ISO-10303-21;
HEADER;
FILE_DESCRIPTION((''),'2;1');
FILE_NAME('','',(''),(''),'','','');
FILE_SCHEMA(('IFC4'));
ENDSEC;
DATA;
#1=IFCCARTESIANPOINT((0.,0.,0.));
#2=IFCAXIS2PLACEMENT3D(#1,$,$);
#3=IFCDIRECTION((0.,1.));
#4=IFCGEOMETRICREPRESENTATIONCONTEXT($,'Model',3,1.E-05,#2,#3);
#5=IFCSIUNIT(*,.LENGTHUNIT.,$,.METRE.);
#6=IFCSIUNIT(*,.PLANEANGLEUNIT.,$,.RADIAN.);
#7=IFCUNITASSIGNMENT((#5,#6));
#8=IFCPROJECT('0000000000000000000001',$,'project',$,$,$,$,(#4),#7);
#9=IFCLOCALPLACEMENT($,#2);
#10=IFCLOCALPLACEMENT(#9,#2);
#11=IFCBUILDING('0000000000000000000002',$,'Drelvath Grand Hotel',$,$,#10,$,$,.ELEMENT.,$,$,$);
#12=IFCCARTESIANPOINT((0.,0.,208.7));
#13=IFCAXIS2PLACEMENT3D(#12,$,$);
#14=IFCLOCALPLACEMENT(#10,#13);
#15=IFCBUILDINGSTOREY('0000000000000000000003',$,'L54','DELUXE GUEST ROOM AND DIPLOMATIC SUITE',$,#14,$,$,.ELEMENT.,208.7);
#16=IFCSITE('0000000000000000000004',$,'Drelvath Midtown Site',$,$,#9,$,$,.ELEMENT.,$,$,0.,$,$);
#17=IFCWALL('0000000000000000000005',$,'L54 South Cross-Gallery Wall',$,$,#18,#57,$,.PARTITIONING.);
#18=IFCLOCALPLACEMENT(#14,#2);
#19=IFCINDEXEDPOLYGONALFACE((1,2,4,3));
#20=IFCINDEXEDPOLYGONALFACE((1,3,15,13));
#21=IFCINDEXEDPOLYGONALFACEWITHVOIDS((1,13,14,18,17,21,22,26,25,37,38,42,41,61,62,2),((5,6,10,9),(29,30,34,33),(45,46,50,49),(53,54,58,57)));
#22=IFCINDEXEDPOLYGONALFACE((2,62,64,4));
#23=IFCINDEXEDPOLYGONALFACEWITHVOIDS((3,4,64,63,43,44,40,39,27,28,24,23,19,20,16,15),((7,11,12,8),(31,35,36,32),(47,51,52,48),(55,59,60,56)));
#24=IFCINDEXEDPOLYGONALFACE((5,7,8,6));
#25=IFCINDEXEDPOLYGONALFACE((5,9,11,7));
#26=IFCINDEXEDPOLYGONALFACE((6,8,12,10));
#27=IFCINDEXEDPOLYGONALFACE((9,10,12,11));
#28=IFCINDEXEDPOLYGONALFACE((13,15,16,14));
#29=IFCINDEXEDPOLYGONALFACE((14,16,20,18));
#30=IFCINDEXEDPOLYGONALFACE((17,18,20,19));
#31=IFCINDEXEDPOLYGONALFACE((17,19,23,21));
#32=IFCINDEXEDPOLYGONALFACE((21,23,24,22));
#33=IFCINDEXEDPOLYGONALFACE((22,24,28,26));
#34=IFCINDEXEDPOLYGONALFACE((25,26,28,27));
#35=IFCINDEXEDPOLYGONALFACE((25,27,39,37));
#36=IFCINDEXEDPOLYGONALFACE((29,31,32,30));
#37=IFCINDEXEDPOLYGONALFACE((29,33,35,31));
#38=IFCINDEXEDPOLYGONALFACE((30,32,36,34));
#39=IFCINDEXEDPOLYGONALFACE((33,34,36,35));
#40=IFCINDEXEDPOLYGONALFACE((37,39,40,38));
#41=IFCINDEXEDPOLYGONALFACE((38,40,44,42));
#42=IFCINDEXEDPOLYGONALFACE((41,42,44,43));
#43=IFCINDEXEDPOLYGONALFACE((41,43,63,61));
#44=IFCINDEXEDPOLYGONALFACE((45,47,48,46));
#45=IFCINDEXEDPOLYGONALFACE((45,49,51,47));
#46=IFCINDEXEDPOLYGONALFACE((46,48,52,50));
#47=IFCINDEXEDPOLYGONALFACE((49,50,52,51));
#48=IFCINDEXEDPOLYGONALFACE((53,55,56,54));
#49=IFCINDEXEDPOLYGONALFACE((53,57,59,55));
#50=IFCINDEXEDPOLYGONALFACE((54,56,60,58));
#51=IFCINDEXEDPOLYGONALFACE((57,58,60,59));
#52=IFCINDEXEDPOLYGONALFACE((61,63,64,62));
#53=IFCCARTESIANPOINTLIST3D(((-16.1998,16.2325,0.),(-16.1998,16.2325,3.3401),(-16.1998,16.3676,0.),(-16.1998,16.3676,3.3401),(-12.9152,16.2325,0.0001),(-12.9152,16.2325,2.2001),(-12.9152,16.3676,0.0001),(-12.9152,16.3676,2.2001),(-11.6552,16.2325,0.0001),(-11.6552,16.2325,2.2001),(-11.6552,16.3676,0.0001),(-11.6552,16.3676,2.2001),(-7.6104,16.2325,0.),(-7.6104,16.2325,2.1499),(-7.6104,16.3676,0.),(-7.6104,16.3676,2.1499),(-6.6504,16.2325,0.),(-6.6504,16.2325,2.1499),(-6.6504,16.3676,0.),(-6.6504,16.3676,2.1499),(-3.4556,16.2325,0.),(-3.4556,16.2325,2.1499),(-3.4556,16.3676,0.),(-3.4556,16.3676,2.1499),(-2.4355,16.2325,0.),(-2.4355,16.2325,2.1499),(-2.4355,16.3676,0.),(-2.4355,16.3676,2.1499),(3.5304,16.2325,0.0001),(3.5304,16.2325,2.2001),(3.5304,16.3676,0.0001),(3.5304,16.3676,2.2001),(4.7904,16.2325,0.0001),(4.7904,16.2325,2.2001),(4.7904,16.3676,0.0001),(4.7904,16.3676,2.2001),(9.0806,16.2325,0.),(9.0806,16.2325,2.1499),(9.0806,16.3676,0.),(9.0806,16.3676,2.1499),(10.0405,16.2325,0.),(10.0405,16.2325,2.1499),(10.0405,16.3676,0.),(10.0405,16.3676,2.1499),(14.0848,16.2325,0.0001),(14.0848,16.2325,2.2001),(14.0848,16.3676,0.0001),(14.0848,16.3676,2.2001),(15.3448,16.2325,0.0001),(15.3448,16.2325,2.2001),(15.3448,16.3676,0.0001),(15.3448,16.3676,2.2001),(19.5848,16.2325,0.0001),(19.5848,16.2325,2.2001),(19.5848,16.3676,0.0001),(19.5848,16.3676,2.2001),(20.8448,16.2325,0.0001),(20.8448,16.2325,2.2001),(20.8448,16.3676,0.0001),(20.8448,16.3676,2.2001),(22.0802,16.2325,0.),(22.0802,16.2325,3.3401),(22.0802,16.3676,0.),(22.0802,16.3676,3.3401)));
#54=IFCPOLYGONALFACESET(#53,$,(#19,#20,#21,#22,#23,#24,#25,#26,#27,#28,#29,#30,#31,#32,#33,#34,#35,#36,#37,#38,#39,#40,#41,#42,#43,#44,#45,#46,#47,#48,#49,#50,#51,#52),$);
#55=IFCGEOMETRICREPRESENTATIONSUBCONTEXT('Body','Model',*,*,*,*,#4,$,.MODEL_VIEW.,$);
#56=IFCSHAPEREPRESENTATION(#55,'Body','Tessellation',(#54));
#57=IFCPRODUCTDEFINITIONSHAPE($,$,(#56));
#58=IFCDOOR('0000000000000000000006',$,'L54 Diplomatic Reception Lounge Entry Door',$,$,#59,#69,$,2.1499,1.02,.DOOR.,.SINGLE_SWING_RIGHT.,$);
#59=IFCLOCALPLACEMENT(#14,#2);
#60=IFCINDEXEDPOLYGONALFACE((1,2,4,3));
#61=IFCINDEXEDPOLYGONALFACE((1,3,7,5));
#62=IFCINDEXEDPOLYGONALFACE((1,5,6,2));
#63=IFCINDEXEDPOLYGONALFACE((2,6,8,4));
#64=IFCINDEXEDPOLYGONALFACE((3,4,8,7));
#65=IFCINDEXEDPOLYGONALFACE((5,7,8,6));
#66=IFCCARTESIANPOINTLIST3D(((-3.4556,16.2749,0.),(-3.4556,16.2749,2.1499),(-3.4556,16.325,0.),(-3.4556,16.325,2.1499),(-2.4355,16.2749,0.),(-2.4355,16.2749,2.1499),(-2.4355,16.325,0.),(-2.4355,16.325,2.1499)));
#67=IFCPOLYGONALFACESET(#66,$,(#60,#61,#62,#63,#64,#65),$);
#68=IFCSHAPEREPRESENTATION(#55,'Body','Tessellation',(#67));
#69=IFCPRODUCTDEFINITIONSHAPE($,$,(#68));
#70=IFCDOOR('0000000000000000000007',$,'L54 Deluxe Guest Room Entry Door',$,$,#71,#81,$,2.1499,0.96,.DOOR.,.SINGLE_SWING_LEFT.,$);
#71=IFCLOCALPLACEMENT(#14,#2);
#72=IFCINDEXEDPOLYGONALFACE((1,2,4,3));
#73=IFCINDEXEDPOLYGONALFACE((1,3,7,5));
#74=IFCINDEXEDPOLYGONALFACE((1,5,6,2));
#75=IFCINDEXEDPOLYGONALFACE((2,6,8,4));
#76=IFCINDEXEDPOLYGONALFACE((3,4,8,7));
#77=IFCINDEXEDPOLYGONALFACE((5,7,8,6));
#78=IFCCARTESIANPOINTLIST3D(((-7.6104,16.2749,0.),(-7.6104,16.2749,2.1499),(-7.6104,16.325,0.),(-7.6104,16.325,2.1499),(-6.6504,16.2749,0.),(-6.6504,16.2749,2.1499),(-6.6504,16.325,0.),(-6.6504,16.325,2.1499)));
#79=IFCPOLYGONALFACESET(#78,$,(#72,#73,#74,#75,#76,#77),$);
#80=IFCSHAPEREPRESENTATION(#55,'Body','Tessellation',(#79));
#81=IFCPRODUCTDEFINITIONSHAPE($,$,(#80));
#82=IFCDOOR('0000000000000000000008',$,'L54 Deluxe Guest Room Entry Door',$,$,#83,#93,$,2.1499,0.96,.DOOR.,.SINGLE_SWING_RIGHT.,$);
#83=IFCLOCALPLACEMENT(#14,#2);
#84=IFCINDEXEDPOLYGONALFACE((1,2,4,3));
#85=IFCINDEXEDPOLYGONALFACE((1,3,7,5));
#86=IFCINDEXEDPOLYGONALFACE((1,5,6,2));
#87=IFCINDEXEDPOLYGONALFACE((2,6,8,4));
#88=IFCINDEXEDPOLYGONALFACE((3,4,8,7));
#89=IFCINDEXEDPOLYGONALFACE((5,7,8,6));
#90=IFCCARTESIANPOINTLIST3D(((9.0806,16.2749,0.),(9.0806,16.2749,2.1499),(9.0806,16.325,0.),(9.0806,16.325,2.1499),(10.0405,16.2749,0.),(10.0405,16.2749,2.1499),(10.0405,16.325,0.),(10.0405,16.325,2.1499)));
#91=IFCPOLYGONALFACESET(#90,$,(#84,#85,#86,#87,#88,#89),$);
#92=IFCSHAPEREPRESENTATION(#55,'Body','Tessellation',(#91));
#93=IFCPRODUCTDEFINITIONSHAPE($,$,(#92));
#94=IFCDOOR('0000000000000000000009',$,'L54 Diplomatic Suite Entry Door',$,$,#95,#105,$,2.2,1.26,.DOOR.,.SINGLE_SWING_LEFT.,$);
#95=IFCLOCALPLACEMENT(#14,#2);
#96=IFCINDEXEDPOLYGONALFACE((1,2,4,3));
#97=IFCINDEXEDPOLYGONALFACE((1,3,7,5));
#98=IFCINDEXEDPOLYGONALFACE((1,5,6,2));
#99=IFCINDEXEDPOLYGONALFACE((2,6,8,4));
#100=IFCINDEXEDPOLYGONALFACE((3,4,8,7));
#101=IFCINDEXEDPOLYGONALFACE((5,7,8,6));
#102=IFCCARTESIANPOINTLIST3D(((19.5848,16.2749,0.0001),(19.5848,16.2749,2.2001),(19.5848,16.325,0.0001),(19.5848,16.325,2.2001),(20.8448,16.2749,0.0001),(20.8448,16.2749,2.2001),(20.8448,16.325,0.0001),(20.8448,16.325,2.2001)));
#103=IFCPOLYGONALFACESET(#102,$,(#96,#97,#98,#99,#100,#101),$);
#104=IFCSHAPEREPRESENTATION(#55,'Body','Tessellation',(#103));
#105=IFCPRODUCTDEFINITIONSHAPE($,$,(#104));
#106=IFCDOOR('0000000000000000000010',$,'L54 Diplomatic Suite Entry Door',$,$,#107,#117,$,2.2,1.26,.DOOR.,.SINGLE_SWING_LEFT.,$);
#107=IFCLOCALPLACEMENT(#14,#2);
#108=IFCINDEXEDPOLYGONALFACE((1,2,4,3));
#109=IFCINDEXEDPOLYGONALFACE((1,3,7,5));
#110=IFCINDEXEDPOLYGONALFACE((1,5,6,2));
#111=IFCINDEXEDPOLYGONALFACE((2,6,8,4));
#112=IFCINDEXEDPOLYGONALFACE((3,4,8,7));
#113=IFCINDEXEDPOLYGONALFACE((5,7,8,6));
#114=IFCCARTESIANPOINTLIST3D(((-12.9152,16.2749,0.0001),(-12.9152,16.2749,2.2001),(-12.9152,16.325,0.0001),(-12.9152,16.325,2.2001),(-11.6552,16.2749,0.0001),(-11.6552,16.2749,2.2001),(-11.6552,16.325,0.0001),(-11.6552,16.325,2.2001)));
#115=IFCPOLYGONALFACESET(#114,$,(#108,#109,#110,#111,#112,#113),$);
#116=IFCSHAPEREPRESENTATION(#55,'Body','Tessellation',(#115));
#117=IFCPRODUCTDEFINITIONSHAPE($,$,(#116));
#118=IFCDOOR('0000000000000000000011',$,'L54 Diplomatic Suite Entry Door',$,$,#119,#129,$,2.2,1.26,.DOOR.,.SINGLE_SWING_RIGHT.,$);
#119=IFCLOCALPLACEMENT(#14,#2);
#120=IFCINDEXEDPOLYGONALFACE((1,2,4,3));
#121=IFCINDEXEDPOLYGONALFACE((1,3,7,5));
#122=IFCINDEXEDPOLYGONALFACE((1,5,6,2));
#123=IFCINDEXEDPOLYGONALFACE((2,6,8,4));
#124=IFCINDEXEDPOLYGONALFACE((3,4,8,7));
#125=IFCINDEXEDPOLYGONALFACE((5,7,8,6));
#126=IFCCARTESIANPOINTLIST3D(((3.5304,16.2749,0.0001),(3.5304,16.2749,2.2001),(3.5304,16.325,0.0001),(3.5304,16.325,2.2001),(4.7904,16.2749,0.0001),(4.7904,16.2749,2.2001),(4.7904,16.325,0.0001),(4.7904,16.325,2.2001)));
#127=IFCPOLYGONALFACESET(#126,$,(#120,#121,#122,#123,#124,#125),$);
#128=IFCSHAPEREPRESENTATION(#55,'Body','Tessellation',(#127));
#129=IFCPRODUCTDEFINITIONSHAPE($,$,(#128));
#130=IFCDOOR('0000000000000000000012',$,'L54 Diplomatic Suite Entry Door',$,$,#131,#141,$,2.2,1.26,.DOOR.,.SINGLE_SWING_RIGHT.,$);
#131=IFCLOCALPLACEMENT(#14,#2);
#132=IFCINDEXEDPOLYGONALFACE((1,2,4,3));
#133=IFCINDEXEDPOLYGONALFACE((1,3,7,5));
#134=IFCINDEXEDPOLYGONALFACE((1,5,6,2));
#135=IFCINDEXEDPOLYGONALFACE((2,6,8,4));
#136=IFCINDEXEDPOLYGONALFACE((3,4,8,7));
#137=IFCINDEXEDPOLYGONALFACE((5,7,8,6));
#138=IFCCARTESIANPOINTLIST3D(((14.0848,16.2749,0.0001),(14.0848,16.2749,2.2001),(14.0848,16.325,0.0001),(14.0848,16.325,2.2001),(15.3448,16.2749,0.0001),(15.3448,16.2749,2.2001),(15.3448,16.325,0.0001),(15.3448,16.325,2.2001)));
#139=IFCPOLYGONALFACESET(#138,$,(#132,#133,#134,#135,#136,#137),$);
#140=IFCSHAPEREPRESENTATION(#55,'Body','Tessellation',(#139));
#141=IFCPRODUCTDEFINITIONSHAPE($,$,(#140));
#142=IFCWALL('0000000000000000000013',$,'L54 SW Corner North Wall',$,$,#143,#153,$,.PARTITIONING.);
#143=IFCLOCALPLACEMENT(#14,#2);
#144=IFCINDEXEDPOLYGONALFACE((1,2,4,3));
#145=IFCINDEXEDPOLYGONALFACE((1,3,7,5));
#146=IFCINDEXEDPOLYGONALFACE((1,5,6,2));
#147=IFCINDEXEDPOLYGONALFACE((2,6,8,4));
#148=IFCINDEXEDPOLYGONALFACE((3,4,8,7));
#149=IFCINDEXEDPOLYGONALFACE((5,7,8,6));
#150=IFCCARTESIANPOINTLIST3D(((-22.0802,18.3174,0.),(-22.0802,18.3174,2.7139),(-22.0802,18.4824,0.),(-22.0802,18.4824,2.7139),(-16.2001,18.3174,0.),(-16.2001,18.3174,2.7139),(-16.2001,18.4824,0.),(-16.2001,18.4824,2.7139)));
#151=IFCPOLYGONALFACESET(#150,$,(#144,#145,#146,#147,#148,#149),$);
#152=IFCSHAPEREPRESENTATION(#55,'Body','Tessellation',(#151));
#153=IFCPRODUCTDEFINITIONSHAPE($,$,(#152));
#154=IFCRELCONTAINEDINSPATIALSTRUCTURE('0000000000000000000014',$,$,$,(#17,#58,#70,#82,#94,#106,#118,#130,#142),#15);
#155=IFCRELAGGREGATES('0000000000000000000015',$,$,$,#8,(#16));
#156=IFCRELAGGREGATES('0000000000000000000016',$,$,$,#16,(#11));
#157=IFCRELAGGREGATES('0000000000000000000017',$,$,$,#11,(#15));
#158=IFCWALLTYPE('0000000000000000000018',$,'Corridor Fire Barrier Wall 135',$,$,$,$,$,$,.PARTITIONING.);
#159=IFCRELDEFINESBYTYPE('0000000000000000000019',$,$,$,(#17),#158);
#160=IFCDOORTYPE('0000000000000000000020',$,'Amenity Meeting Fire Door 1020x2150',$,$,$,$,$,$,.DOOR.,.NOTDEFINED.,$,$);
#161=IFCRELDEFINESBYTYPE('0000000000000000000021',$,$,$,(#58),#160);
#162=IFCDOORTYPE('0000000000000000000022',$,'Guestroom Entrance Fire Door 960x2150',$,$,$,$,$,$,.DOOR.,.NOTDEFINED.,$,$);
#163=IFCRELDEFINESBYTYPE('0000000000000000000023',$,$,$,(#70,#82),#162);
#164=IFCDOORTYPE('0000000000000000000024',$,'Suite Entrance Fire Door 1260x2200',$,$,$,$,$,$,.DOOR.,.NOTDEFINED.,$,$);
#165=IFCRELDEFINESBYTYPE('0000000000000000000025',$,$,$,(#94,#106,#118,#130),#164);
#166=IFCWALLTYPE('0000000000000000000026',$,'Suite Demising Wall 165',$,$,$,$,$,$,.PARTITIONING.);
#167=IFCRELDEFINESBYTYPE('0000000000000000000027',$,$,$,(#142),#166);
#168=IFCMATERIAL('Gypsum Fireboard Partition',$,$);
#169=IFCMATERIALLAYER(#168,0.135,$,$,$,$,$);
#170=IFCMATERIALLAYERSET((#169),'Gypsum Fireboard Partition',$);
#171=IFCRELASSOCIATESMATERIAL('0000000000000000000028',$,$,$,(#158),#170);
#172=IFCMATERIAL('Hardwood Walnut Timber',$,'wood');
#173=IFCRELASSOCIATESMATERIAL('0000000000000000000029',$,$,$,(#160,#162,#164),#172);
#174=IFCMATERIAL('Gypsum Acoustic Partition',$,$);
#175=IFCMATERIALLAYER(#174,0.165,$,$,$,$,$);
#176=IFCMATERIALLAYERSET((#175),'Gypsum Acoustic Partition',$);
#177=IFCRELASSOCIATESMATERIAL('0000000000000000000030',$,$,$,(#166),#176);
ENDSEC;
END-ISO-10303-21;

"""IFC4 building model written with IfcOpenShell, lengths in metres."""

from ifc_helpers import new_model, si_unit, direction, frame, frame_2d, origin, place, context, subcontext, project, spatial, rectangle, extrude, material, layer, layer_set, type_object, element, fill, save


model = new_model("IFC4")

# Units and contexts
model_context = context("Model", 3, precision=1e-05, world=origin(), true_north=direction((0.0, 1.0)))
body_context = subcontext(model_context, "Body", "Model", "MODEL_VIEW")
ifc_project = project(units=[si_unit("LENGTHUNIT", "METRE"), si_unit("PLANEANGLEUNIT", "RADIAN")], contexts=[model_context])

# Site, building, storey
site_placement = place(None, origin())
site = spatial("IfcSite", under=ifc_project, at=site_placement, Name="Drelvath Midtown Site", CompositionType="ELEMENT", RefElevation=0.0)
building_placement = place(site_placement, origin())
building = spatial("IfcBuilding", under=site, at=building_placement, Name="Drelvath Grand Hotel", CompositionType="ELEMENT")
storey_placement = place(building_placement, frame((0.0, 0.0, 208.7)))
storey = spatial("IfcBuildingStorey", under=building, at=storey_placement, Name="L54", Description="DELUXE GUEST ROOM AND DIPLOMATIC SUITE", CompositionType="ELEMENT", Elevation=208.7)

# Wall, openings, doors
ifc_material_1 = material(Name="Gypsum Fireboard Partition")
ifc_layer_1 = layer(ifc_material_1, 0.135)
ifc_layer_set_1 = layer_set([ifc_layer_1], Name="Gypsum Fireboard Partition")
wall_type_1 = type_object("IfcWallType", Name="Corridor Fire Barrier Wall 135", PredefinedType="PARTITIONING", material=ifc_layer_set_1)
wall_1_placement = place(storey_placement, frame((-16.2, 16.3, 0.0), z_axis=(0.0, 0.0, 1.0), x_axis=(1.0, 0.0, 0.0)))
wall_1 = element("IfcWall", 1, at=wall_1_placement, inside=storey, type_object=wall_type_1, Name="L54 South Cross-Gallery Wall", PredefinedType="PARTITIONING", context=body_context, shape_type="SweptSolid", body=[
    extrude(rectangle(XDim=38.28, YDim=0.135, at=frame_2d((19.1401, 0.0))), origin(), (0.0, 0.0, 1.0), 3.3401),
])
opening_1_placement = place(wall_1_placement, frame((35.7849, 0.0, 0.0)))
opening_1 = element("IfcOpeningElement", 2, at=opening_1_placement, cuts=wall_1, PredefinedType="OPENING", context=body_context, shape_type="SweptSolid", body=[
    extrude(rectangle(XDim=1.26, YDim=2.2, at=frame_2d((0.6299, 1.1001))), frame((0.0, 0.0774, 0.0), z_axis=(0.0, -1.0, 0.0), x_axis=(1.0, 0.0, 0.0)), (0.0, 0.0, 1.0), 0.155),
])
opening_2_placement = place(wall_1_placement, frame((3.2849, 0.0, 0.0)))
opening_2 = element("IfcOpeningElement", 3, at=opening_2_placement, cuts=wall_1, PredefinedType="OPENING", context=body_context, shape_type="SweptSolid", body=[
    extrude(rectangle(XDim=1.26, YDim=2.2, at=frame_2d((0.6299, 1.1001))), frame((0.0, 0.0774, 0.0), z_axis=(0.0, -1.0, 0.0), x_axis=(1.0, 0.0, 0.0)), (0.0, 0.0, 1.0), 0.155),
])
opening_3_placement = place(wall_1_placement, frame((8.5896, 0.0, 0.0)))
opening_3 = element("IfcOpeningElement", 4, at=opening_3_placement, cuts=wall_1, PredefinedType="OPENING", context=body_context, shape_type="SweptSolid", body=[
    extrude(rectangle(XDim=0.96, YDim=2.1499, at=frame_2d((0.48, 1.075))), frame((0.0, 0.0774, 0.0), z_axis=(0.0, -1.0, 0.0), x_axis=(1.0, 0.0, 0.0)), (0.0, 0.0, 1.0), 0.155),
])
opening_4_placement = place(wall_1_placement, frame((12.7444, 0.0, 0.0)))
opening_4 = element("IfcOpeningElement", 5, at=opening_4_placement, cuts=wall_1, PredefinedType="OPENING", context=body_context, shape_type="SweptSolid", body=[
    extrude(rectangle(XDim=1.02, YDim=2.1499, at=frame_2d((0.51, 1.075))), frame((0.0, 0.0774, 0.0), z_axis=(0.0, -1.0, 0.0), x_axis=(1.0, 0.0, 0.0)), (0.0, 0.0, 1.0), 0.155),
])
opening_5_placement = place(wall_1_placement, frame((19.7305, 0.0, 0.0)))
opening_5 = element("IfcOpeningElement", 6, at=opening_5_placement, cuts=wall_1, PredefinedType="OPENING", context=body_context, shape_type="SweptSolid", body=[
    extrude(rectangle(XDim=1.26, YDim=2.2, at=frame_2d((0.6299, 1.1001))), frame((0.0, 0.0774, 0.0), z_axis=(0.0, -1.0, 0.0), x_axis=(1.0, 0.0, 0.0)), (0.0, 0.0, 1.0), 0.155),
])
opening_6_placement = place(wall_1_placement, frame((25.2805, 0.0, 0.0)))
opening_6 = element("IfcOpeningElement", 7, at=opening_6_placement, cuts=wall_1, PredefinedType="OPENING", context=body_context, shape_type="SweptSolid", body=[
    extrude(rectangle(XDim=0.96, YDim=2.1499, at=frame_2d((0.48, 1.075))), frame((0.0, 0.0774, 0.0), z_axis=(0.0, -1.0, 0.0), x_axis=(1.0, 0.0, 0.0)), (0.0, 0.0, 1.0), 0.155),
])
opening_7_placement = place(wall_1_placement, frame((30.2849, 0.0, 0.0)))
opening_7 = element("IfcOpeningElement", 8, at=opening_7_placement, cuts=wall_1, PredefinedType="OPENING", context=body_context, shape_type="SweptSolid", body=[
    extrude(rectangle(XDim=1.26, YDim=2.2, at=frame_2d((0.6299, 1.1001))), frame((0.0, 0.0774, 0.0), z_axis=(0.0, -1.0, 0.0), x_axis=(1.0, 0.0, 0.0)), (0.0, 0.0, 1.0), 0.155),
])
ifc_material_2 = material(Name="Hardwood Walnut Timber", Category="wood")
door_type_1 = type_object("IfcDoorType", Name="Amenity Meeting Fire Door 1020x2150", OperationType="NOTDEFINED", PredefinedType="DOOR", material=ifc_material_2)
door_1_placement = place(opening_4_placement, origin())
door_1 = element("IfcDoor", 9, at=door_1_placement, inside=storey, type_object=door_type_1, Name="L54 Diplomatic Reception Lounge Entry Door", OperationType="SINGLE_SWING_RIGHT", OverallHeight=2.1499, OverallWidth=1.02, PredefinedType="DOOR", context=body_context, shape_type="SweptSolid", body=[
    extrude(rectangle(XDim=1.02, YDim=2.1499, at=frame_2d((0.51, 1.075))), frame((0.0, 0.0249, 0.0), z_axis=(0.0, -1.0, 0.0), x_axis=(1.0, 0.0, 0.0)), (0.0, 0.0, 1.0), 0.05),
])
fill(opening_4, door_1)
door_type_2 = type_object("IfcDoorType", Name="Guestroom Entrance Fire Door 960x2150", OperationType="NOTDEFINED", PredefinedType="DOOR", material=ifc_material_2)
door_2_placement = place(opening_3_placement, origin())
door_2 = element("IfcDoor", 10, at=door_2_placement, inside=storey, type_object=door_type_2, Name="L54 Deluxe Guest Room Entry Door", OperationType="SINGLE_SWING_LEFT", OverallHeight=2.1499, OverallWidth=0.96, PredefinedType="DOOR", context=body_context, shape_type="SweptSolid", body=[
    extrude(rectangle(XDim=0.96, YDim=2.1499, at=frame_2d((0.48, 1.075))), frame((0.0, 0.0249, 0.0), z_axis=(0.0, -1.0, 0.0), x_axis=(1.0, 0.0, 0.0)), (0.0, 0.0, 1.0), 0.05),
])
fill(opening_3, door_2)
door_3_placement = place(opening_6_placement, origin())
door_3 = element("IfcDoor", 11, at=door_3_placement, inside=storey, type_object=door_type_2, Name="L54 Deluxe Guest Room Entry Door", OperationType="SINGLE_SWING_RIGHT", OverallHeight=2.1499, OverallWidth=0.96, PredefinedType="DOOR", context=body_context, shape_type="SweptSolid", body=[
    extrude(rectangle(XDim=0.96, YDim=2.1499, at=frame_2d((0.48, 1.075))), frame((0.0, 0.0249, 0.0), z_axis=(0.0, -1.0, 0.0), x_axis=(1.0, 0.0, 0.0)), (0.0, 0.0, 1.0), 0.05),
])
fill(opening_6, door_3)
door_type_3 = type_object("IfcDoorType", Name="Suite Entrance Fire Door 1260x2200", OperationType="NOTDEFINED", PredefinedType="DOOR", material=ifc_material_2)
door_4_placement = place(opening_1_placement, origin())
door_4 = element("IfcDoor", 12, at=door_4_placement, inside=storey, type_object=door_type_3, Name="L54 Diplomatic Suite Entry Door", OperationType="SINGLE_SWING_LEFT", OverallHeight=2.2, OverallWidth=1.26, PredefinedType="DOOR", context=body_context, shape_type="SweptSolid", body=[
    extrude(rectangle(XDim=1.26, YDim=2.2, at=frame_2d((0.6299, 1.1001))), frame((0.0, 0.0249, 0.0), z_axis=(0.0, -1.0, 0.0), x_axis=(1.0, 0.0, 0.0)), (0.0, 0.0, 1.0), 0.05),
])
fill(opening_1, door_4)
door_5_placement = place(opening_2_placement, origin())
door_5 = element("IfcDoor", 13, at=door_5_placement, inside=storey, type_object=door_type_3, Name="L54 Diplomatic Suite Entry Door", OperationType="SINGLE_SWING_LEFT", OverallHeight=2.2, OverallWidth=1.26, PredefinedType="DOOR", context=body_context, shape_type="SweptSolid", body=[
    extrude(rectangle(XDim=1.26, YDim=2.2, at=frame_2d((0.6299, 1.1001))), frame((0.0, 0.0249, 0.0), z_axis=(0.0, -1.0, 0.0), x_axis=(1.0, 0.0, 0.0)), (0.0, 0.0, 1.0), 0.05),
])
fill(opening_2, door_5)
door_6_placement = place(opening_5_placement, origin())
door_6 = element("IfcDoor", 14, at=door_6_placement, inside=storey, type_object=door_type_3, Name="L54 Diplomatic Suite Entry Door", OperationType="SINGLE_SWING_RIGHT", OverallHeight=2.2, OverallWidth=1.26, PredefinedType="DOOR", context=body_context, shape_type="SweptSolid", body=[
    extrude(rectangle(XDim=1.26, YDim=2.2, at=frame_2d((0.6299, 1.1001))), frame((0.0, 0.0249, 0.0), z_axis=(0.0, -1.0, 0.0), x_axis=(1.0, 0.0, 0.0)), (0.0, 0.0, 1.0), 0.05),
])
fill(opening_5, door_6)
door_7_placement = place(opening_7_placement, origin())
door_7 = element("IfcDoor", 15, at=door_7_placement, inside=storey, type_object=door_type_3, Name="L54 Diplomatic Suite Entry Door", OperationType="SINGLE_SWING_RIGHT", OverallHeight=2.2, OverallWidth=1.26, PredefinedType="DOOR", context=body_context, shape_type="SweptSolid", body=[
    extrude(rectangle(XDim=1.26, YDim=2.2, at=frame_2d((0.6299, 1.1001))), frame((0.0, 0.0249, 0.0), z_axis=(0.0, -1.0, 0.0), x_axis=(1.0, 0.0, 0.0)), (0.0, 0.0, 1.0), 0.05),
])
fill(opening_7, door_7)

# Wall
ifc_material_3 = material(Name="Gypsum Acoustic Partition")
ifc_layer_2 = layer(ifc_material_3, 0.165)
ifc_layer_set_2 = layer_set([ifc_layer_2], Name="Gypsum Acoustic Partition")
wall_type_2 = type_object("IfcWallType", Name="Suite Demising Wall 165", PredefinedType="PARTITIONING", material=ifc_layer_set_2)
wall_2_placement = place(storey_placement, frame((-22.0801, 18.3999, 0.0), z_axis=(0.0, 0.0, 1.0), x_axis=(1.0, 0.0, 0.0)))
element("IfcWall", 16, at=wall_2_placement, inside=storey, type_object=wall_type_2, Name="L54 SW Corner North Wall", PredefinedType="PARTITIONING", context=body_context, shape_type="SweptSolid", body=[
    extrude(rectangle(XDim=5.8801, YDim=0.165, at=frame_2d((2.9399, 0.0))), origin(), (0.0, 0.0, 1.0), 2.7139),
])

save(model, "model.ifc")
